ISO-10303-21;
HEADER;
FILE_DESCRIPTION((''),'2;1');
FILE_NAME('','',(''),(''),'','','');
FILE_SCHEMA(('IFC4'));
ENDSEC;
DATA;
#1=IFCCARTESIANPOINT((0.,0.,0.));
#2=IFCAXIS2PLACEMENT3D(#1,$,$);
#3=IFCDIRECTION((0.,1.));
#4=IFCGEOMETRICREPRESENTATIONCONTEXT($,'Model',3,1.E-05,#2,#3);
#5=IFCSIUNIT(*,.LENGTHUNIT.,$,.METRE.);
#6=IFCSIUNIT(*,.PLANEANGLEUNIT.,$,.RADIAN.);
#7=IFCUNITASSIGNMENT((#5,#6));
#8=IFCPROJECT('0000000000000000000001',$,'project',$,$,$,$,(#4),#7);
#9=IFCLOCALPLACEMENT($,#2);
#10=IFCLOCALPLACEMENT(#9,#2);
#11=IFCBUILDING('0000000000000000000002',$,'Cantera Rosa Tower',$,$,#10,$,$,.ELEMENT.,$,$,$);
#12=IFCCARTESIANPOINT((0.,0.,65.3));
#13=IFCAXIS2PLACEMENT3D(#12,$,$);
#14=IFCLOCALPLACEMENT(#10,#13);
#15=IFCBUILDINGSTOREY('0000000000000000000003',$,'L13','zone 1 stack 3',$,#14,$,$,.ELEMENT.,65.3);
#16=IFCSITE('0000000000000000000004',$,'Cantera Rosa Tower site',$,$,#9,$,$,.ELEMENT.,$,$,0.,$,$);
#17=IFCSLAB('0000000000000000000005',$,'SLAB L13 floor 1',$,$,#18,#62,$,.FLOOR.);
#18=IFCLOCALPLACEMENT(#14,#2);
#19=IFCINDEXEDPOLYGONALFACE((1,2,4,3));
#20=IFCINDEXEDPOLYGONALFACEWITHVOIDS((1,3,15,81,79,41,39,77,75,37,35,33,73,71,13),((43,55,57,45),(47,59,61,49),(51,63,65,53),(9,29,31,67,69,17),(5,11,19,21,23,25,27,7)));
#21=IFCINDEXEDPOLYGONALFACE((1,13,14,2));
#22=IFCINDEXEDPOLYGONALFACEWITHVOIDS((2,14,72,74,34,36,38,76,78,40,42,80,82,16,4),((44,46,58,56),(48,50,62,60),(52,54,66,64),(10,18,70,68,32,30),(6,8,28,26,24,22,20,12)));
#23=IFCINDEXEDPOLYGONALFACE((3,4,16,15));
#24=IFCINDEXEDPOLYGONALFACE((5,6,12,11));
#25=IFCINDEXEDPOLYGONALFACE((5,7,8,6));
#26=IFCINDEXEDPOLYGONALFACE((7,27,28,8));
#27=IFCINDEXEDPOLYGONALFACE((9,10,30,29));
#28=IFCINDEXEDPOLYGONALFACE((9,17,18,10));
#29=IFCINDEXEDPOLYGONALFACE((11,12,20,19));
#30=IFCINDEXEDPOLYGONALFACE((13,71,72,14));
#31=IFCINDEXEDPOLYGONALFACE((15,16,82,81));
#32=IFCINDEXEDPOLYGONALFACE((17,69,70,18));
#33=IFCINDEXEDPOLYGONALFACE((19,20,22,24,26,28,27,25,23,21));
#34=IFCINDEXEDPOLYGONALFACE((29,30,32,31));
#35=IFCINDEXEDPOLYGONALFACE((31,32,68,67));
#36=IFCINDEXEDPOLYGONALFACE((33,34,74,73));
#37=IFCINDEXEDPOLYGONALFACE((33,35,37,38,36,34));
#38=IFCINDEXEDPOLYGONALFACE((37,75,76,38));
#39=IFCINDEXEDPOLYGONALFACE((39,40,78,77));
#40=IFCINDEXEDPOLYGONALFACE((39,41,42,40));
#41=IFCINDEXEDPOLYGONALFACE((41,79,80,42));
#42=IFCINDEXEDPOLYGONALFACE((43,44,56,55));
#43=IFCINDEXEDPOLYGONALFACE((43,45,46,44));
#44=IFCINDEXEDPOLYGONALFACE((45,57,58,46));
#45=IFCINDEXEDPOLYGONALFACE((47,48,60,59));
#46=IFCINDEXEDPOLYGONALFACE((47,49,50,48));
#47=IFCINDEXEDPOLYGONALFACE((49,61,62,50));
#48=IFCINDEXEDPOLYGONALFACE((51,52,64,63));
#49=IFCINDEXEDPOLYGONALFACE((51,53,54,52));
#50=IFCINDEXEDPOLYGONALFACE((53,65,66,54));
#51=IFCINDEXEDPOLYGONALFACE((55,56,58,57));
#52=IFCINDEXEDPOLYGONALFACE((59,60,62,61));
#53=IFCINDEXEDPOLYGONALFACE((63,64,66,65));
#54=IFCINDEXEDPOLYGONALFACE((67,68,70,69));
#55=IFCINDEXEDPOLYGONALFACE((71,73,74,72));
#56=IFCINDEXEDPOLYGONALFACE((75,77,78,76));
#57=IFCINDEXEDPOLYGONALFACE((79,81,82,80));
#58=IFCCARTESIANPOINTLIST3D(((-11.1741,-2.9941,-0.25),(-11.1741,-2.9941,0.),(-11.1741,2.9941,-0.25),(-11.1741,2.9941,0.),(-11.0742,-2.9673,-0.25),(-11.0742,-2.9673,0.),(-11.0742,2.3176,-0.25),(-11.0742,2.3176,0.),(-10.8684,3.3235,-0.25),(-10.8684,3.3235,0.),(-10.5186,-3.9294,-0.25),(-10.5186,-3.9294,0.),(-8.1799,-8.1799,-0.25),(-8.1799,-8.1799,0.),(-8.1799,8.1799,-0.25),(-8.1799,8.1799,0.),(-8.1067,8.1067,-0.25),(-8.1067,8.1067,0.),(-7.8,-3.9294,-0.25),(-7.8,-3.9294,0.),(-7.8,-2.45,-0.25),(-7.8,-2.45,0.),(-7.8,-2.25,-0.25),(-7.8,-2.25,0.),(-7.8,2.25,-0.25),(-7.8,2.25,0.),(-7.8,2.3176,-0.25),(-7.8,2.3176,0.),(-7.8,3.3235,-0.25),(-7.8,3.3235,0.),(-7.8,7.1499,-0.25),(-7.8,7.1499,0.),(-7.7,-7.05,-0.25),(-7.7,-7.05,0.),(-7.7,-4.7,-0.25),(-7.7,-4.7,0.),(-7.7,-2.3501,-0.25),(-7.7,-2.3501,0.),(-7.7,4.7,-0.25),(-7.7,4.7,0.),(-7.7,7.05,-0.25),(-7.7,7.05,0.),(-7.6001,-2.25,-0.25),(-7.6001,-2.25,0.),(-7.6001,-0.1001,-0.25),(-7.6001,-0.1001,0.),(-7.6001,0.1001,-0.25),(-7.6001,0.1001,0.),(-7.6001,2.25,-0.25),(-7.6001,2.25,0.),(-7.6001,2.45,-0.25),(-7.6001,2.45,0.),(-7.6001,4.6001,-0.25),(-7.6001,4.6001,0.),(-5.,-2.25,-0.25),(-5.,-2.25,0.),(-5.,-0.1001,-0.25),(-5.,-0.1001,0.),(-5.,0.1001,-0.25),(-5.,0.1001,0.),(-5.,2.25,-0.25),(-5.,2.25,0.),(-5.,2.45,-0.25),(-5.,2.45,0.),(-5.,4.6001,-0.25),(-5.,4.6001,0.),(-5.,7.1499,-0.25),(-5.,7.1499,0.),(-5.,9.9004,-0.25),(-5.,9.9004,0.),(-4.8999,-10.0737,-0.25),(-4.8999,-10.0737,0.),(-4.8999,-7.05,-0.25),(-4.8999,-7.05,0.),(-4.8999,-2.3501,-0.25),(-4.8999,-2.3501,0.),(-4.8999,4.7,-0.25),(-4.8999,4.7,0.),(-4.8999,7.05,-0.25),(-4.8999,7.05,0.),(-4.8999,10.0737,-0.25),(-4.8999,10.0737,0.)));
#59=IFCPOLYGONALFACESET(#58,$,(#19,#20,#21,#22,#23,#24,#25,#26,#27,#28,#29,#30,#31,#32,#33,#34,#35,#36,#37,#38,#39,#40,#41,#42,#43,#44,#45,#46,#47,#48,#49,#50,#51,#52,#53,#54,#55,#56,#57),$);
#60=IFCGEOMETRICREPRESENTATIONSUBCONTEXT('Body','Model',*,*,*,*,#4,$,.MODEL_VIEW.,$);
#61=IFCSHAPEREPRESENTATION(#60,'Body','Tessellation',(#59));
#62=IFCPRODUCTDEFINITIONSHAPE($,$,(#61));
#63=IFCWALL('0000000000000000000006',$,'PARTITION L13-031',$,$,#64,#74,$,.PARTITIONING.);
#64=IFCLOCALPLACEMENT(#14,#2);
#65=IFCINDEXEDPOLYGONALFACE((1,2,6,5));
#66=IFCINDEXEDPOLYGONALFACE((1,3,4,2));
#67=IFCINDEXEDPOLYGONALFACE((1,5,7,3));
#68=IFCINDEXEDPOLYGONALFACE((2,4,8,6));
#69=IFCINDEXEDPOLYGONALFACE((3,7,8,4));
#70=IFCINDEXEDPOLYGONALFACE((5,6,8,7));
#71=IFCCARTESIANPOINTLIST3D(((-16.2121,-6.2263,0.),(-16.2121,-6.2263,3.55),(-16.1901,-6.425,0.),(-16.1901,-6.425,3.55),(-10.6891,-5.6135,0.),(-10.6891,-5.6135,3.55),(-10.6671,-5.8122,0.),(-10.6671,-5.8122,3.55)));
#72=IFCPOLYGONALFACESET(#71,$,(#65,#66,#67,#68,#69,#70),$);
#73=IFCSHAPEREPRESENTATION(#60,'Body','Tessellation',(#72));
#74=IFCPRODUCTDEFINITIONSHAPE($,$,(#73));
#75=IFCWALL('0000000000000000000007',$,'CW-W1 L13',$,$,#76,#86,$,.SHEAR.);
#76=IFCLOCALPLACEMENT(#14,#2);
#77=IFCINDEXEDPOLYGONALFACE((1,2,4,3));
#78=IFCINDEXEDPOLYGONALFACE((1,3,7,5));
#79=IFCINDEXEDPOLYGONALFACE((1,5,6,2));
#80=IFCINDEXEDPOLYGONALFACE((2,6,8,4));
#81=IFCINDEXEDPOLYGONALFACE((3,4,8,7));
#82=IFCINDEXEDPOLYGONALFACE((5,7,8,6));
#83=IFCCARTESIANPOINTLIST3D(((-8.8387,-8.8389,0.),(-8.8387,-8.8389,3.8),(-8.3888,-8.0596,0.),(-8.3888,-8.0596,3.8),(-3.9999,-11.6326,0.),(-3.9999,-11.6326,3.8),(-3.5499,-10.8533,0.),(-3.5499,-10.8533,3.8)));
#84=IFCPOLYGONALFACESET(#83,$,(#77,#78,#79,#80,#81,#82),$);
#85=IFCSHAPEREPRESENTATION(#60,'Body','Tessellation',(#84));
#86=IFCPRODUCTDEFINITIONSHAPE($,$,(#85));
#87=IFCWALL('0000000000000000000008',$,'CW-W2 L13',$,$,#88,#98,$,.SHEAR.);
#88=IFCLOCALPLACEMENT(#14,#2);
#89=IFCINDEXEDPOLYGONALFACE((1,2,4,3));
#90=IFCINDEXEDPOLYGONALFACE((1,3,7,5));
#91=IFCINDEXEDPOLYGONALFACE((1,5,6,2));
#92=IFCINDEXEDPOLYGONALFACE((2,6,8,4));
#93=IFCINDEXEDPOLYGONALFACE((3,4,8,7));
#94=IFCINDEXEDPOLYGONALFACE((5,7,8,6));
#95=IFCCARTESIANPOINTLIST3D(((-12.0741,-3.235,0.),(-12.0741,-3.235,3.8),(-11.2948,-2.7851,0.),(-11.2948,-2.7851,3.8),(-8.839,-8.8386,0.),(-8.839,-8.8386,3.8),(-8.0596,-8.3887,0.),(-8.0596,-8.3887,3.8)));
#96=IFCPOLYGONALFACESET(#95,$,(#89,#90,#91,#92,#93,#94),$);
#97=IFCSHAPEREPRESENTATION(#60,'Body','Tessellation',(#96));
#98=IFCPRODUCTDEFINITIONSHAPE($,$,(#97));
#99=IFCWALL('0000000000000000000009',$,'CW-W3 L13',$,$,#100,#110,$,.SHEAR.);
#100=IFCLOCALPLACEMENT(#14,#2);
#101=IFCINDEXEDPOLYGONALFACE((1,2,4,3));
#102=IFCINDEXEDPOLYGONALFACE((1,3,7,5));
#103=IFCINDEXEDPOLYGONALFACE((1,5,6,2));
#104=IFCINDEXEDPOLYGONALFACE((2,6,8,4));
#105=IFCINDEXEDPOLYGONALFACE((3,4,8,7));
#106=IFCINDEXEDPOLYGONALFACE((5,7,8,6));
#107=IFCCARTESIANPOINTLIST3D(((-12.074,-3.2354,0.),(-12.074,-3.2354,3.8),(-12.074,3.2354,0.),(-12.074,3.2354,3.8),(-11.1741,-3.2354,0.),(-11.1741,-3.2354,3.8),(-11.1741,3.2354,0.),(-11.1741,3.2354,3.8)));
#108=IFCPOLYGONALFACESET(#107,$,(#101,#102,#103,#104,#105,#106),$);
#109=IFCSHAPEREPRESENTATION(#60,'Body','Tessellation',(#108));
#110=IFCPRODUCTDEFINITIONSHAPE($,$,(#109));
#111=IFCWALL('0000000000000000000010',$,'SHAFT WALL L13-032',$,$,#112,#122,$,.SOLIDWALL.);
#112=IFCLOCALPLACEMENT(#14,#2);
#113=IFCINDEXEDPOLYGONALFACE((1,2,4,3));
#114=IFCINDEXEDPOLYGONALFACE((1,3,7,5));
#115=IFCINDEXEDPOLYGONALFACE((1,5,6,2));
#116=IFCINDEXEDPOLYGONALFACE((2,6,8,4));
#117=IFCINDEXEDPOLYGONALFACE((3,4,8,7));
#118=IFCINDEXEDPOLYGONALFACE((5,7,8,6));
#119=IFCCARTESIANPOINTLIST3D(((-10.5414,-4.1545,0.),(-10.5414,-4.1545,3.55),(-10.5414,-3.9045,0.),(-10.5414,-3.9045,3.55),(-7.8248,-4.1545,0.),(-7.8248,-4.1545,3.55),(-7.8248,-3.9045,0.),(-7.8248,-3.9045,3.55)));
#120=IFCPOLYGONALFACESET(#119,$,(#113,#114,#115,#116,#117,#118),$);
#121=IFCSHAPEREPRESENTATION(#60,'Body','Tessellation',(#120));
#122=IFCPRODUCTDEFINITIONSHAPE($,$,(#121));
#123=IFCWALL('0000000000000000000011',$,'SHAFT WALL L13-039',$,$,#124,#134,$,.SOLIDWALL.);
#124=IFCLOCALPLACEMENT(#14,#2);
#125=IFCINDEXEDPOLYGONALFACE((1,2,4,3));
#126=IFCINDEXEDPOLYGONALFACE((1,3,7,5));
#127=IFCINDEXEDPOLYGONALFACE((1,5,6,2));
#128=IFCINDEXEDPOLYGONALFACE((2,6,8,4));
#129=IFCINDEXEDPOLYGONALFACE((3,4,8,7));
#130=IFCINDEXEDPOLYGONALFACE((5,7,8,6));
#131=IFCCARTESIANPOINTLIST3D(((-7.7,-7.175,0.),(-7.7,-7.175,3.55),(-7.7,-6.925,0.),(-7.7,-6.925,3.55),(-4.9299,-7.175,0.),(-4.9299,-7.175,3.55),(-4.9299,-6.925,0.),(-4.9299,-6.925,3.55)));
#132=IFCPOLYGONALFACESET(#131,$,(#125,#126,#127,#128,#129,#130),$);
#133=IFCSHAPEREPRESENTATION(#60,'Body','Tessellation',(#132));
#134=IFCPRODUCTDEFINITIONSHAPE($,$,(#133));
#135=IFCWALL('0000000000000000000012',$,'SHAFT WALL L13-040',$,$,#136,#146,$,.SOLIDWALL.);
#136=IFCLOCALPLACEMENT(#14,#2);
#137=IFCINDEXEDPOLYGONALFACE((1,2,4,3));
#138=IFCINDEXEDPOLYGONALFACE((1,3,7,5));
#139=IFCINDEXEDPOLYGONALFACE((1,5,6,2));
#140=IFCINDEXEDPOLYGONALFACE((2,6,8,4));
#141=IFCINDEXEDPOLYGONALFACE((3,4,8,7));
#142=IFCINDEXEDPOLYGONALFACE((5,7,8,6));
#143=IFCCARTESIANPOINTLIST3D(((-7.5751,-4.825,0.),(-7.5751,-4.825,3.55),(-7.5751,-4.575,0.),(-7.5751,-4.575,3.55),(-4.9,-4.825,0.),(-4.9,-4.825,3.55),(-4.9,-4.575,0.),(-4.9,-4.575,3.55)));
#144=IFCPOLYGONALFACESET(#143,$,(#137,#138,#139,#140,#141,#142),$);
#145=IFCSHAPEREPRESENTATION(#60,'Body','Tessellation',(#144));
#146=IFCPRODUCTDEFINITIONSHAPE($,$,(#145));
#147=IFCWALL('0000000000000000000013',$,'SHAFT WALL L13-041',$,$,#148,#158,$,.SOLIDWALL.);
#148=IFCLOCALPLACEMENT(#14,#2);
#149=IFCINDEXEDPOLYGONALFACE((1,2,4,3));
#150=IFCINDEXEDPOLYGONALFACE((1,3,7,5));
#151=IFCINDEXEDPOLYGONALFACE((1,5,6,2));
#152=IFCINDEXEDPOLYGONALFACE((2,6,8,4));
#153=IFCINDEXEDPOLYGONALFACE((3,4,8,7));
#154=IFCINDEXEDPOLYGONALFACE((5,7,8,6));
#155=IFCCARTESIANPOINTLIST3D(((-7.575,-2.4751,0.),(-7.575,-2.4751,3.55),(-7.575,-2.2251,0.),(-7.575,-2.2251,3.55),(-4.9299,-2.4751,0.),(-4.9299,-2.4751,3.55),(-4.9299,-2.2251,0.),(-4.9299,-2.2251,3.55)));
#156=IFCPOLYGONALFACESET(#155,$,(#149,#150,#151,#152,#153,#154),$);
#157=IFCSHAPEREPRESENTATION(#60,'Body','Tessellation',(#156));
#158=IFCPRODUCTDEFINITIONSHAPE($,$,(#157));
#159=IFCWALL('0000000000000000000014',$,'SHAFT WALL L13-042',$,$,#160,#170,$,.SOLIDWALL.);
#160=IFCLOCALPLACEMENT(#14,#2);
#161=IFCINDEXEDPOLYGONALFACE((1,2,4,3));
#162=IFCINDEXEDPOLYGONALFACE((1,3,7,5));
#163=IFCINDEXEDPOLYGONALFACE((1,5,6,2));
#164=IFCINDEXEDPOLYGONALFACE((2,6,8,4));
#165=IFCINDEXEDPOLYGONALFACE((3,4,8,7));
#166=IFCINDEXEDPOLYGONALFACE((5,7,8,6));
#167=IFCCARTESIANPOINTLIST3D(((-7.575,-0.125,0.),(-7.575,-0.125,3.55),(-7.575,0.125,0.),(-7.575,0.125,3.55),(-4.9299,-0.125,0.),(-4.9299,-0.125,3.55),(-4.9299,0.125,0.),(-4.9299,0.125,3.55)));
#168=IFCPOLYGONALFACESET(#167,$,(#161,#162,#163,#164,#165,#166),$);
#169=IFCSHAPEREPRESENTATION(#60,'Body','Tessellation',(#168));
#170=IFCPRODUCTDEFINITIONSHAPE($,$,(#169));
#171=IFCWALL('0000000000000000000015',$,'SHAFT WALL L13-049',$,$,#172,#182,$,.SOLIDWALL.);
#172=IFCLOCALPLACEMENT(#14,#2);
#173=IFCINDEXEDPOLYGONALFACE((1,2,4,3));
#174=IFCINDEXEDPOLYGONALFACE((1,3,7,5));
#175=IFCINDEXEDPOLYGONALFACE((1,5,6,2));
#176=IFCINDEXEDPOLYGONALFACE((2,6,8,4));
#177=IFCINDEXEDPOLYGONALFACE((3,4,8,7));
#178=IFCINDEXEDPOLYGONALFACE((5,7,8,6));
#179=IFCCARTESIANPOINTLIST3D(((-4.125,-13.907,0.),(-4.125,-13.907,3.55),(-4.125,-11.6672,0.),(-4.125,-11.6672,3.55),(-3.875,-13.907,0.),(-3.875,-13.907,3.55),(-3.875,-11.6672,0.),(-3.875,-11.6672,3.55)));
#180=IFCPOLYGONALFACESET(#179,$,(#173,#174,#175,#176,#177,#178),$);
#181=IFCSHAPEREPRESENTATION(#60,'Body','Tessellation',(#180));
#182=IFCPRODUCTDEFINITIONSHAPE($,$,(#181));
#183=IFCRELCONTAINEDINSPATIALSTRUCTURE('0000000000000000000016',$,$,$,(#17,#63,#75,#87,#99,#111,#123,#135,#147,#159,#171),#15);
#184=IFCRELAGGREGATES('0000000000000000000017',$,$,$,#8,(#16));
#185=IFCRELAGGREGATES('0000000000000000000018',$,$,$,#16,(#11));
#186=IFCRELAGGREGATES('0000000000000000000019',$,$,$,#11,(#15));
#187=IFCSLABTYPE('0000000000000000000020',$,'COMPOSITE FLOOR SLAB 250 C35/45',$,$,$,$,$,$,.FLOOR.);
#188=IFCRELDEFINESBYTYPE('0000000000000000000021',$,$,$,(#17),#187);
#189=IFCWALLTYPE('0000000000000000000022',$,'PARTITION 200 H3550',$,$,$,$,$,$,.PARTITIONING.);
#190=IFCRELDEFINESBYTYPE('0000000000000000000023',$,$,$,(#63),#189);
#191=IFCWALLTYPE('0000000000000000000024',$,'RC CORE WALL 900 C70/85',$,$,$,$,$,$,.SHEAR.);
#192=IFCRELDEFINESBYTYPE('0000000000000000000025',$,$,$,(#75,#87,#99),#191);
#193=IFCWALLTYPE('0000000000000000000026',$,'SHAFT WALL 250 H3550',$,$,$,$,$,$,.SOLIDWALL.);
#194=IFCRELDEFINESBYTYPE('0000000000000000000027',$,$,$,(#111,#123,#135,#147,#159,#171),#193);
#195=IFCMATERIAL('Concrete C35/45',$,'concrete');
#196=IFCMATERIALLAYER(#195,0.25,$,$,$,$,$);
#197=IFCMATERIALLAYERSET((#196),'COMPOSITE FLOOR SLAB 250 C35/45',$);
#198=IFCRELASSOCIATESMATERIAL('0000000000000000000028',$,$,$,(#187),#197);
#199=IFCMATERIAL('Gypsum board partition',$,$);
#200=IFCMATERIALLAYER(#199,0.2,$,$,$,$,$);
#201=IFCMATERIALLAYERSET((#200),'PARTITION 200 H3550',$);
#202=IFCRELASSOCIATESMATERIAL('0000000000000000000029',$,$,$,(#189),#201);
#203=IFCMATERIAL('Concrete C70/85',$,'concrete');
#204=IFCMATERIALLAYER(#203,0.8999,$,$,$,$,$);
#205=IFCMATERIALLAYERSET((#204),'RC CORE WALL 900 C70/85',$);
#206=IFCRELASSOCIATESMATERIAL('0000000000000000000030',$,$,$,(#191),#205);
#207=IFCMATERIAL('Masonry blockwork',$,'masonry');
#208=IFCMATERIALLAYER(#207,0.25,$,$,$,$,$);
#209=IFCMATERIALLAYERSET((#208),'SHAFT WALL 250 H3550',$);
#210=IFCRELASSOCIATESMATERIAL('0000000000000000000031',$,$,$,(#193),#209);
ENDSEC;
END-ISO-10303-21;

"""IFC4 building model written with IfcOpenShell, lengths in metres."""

from ifc_helpers import new_model, si_unit, direction, frame, frame_2d, origin, place, context, subcontext, project, spatial, polyline, rectangle, outline, extrude, material, layer, layer_set, type_object, element, save


model = new_model("IFC4")

# Units and contexts
model_context = context("Model", 3, precision=1e-05, world=origin(), true_north=direction((0.0, 1.0)))
body_context = subcontext(model_context, "Body", "Model", "MODEL_VIEW")
ifc_project = project(units=[si_unit("LENGTHUNIT", "METRE"), si_unit("PLANEANGLEUNIT", "RADIAN")], contexts=[model_context])

# Site, building, storey
site_placement = place(None, origin())
site = spatial("IfcSite", under=ifc_project, at=site_placement, Name="Cantera Rosa Tower site", CompositionType="ELEMENT", RefElevation=0.0)
building_placement = place(site_placement, origin())
building = spatial("IfcBuilding", under=site, at=building_placement, Name="Cantera Rosa Tower", CompositionType="ELEMENT")
storey_placement = place(building_placement, frame((0.0, 0.0, 65.3)))
storey = spatial("IfcBuildingStorey", under=building, at=storey_placement, Name="L13", Description="zone 1 stack 3", CompositionType="ELEMENT", Elevation=65.3)

# Slab
ifc_material_1 = material(Name="Concrete C35/45", Category="concrete")
ifc_layer_1 = layer(ifc_material_1, 0.25)
ifc_layer_set_1 = layer_set([ifc_layer_1], Name="COMPOSITE FLOOR SLAB 250 C35/45")
slab_type = type_object("IfcSlabType", Name="COMPOSITE FLOOR SLAB 250 C35/45", PredefinedType="FLOOR", material=ifc_layer_set_1)
slab_placement = place(storey_placement, frame((0.0, 0.0, -0.25)))
element("IfcSlab", 1, at=slab_placement, inside=storey, type_object=slab_type, Name="SLAB L13 floor 1", PredefinedType="FLOOR", context=body_context, shape_type="SweptSolid", body=[
    extrude(outline(polyline([(-4.8999, -7.05), (-4.8999, -10.0737), (-8.1799, -8.1799), (-11.1741, -2.9941), (-11.1741, 2.9941), (-8.1799, 8.1799), (-4.8999, 10.0737), (-4.8999, 7.05), (-7.7, 7.05), (-7.7, 4.7), (-4.8999, 4.7), (-4.8999, -2.3501), (-7.7, -2.3501), (-7.7, -4.7), (-7.7, -7.05), (-4.8999, -7.05)]), holes=[polyline([(-5.0, -0.1001), (-7.6001, -0.1001), (-7.6001, -2.25), (-5.0, -2.25), (-5.0, -0.1001)]), polyline([(-7.8, -3.9294), (-7.8, -2.45), (-7.8, -2.25), (-7.8, 2.25), (-7.8, 2.3176), (-11.0742, 2.3176), (-11.0742, -2.9673), (-10.5186, -3.9294), (-7.8, -3.9294)]), polyline([(-5.0, 2.25), (-7.6001, 2.25), (-7.6001, 0.1001), (-5.0, 0.1001), (-5.0, 2.25)]), polyline([(-5.0, 2.45), (-5.0, 4.6001), (-7.6001, 4.6001), (-7.6001, 2.45), (-5.0, 2.45)]), polyline([(-7.8, 7.1499), (-5.0, 7.1499), (-5.0, 9.9004), (-8.1067, 8.1067), (-10.8684, 3.3235), (-7.8, 3.3235), (-7.8, 7.1499)])]), origin(), (0.0, 0.0, 1.0), 0.25),
])

# Walls
ifc_material_2 = material(Name="Gypsum board partition")
ifc_layer_2 = layer(ifc_material_2, 0.2)
ifc_layer_set_2 = layer_set([ifc_layer_2], Name="PARTITION 200 H3550")
wall_type_1 = type_object("IfcWallType", Name="PARTITION 200 H3550", PredefinedType="PARTITIONING", material=ifc_layer_set_2)
wall_1_placement = place(storey_placement, frame((-10.6782, -5.7129, 0.0), z_axis=(0.0, 0.0, 1.0), x_axis=(-0.993901, -0.110277, 0.0)))
element("IfcWall", 2, at=wall_1_placement, inside=storey, type_object=wall_type_1, Name="PARTITION L13-031", PredefinedType="PARTITIONING", context=body_context, shape_type="SweptSolid", body=[
    extrude(rectangle(XDim=5.5569, YDim=0.2, at=frame_2d((2.7783, 0.0))), origin(), (0.0, 0.0, 1.0), 3.55),
])
ifc_material_3 = material(Name="Concrete C70/85", Category="concrete")
ifc_layer_3 = layer(ifc_material_3, 0.8999)
ifc_layer_set_3 = layer_set([ifc_layer_3], Name="RC CORE WALL 900 C70/85")
wall_type_2 = type_object("IfcWallType", Name="RC CORE WALL 900 C70/85", PredefinedType="SHEAR", material=ifc_layer_set_3)
wall_2_placement = place(storey_placement, frame((-3.7749, -11.2429, 0.0), z_axis=(0.0, 0.0, 1.0), x_axis=(-0.866027, 0.499997, 0.0)))
element("IfcWall", 3, at=wall_2_placement, inside=storey, type_object=wall_type_2, Name="CW-W1 L13", PredefinedType="SHEAR", context=body_context, shape_type="SweptSolid", body=[
    extrude(rectangle(XDim=5.5874, YDim=0.8999, at=frame_2d((2.7937, 0.0))), origin(), (0.0, 0.0, 1.0), 3.8),
])
wall_3_placement = place(storey_placement, frame((-8.4492, -8.6138, 0.0), z_axis=(0.0, 0.0, 1.0), x_axis=(-0.49999, 0.866031, 0.0)))
element("IfcWall", 4, at=wall_3_placement, inside=storey, type_object=wall_type_2, Name="CW-W2 L13", PredefinedType="SHEAR", context=body_context, shape_type="SweptSolid", body=[
    extrude(rectangle(XDim=6.4705, YDim=0.8999, at=frame_2d((3.2354, 0.0))), origin(), (0.0, 0.0, 1.0), 3.8),
])
wall_4_placement = place(storey_placement, frame((-11.624, -3.2354, 0.0), z_axis=(0.0, 0.0, 1.0), x_axis=(0.0, 1.0, 0.0)))
element("IfcWall", 5, at=wall_4_placement, inside=storey, type_object=wall_type_2, Name="CW-W3 L13", PredefinedType="SHEAR", context=body_context, shape_type="SweptSolid", body=[
    extrude(rectangle(XDim=6.4707, YDim=0.8999, at=frame_2d((3.2354, 0.0))), origin(), (0.0, 0.0, 1.0), 3.8),
])
ifc_material_4 = material(Name="Masonry blockwork", Category="masonry")
ifc_layer_4 = layer(ifc_material_4, 0.25)
ifc_layer_set_4 = layer_set([ifc_layer_4], Name="SHAFT WALL 250 H3550")
wall_type_3 = type_object("IfcWallType", Name="SHAFT WALL 250 H3550", PredefinedType="SOLIDWALL", material=ifc_layer_set_4)
wall_5_placement = place(storey_placement, frame((-10.5415, -4.0295, 0.0), z_axis=(0.0, 0.0, 1.0), x_axis=(1.0, 0.0, 0.0)))
element("IfcWall", 6, at=wall_5_placement, inside=storey, type_object=wall_type_3, Name="SHAFT WALL L13-032", PredefinedType="SOLIDWALL", context=body_context, shape_type="SweptSolid", body=[
    extrude(rectangle(XDim=2.7166, YDim=0.25, at=frame_2d((1.3584, 0.0))), origin(), (0.0, 0.0, 1.0), 3.55),
])
wall_6_placement = place(storey_placement, frame((-7.7, -7.05, 0.0), z_axis=(0.0, 0.0, 1.0), x_axis=(1.0, 0.0, 0.0)))
element("IfcWall", 7, at=wall_6_placement, inside=storey, type_object=wall_type_3, Name="SHAFT WALL L13-039", PredefinedType="SOLIDWALL", context=body_context, shape_type="SweptSolid", body=[
    extrude(rectangle(XDim=2.77, YDim=0.25, at=frame_2d((1.385, 0.0))), origin(), (0.0, 0.0, 1.0), 3.55),
])
wall_7_placement = place(storey_placement, frame((-7.575, -4.7, 0.0), z_axis=(0.0, 0.0, 1.0), x_axis=(1.0, 0.0, 0.0)))
element("IfcWall", 8, at=wall_7_placement, inside=storey, type_object=wall_type_3, Name="SHAFT WALL L13-040", PredefinedType="SOLIDWALL", context=body_context, shape_type="SweptSolid", body=[
    extrude(rectangle(XDim=2.675, YDim=0.25, at=frame_2d((1.3374, 0.0))), origin(), (0.0, 0.0, 1.0), 3.55),
])
for number, where, z_axis, x_axis, name in (
    (9, (-7.575, -2.3501, 0.0), (0.0, 0.0, 1.0), (1.0, 0.0, 0.0), "SHAFT WALL L13-041"),
    (10, (-7.575, 0.0, 0.0), (0.0, 0.0, 1.0), (1.0, 0.0, 0.0), "SHAFT WALL L13-042"),
):
    element("IfcWall", number, at=place(storey_placement, frame(where, z_axis=z_axis, x_axis=x_axis)), inside=storey, type_object=wall_type_3, Name=name, PredefinedType="SOLIDWALL", context=body_context, shape_type="SweptSolid", body=[
        extrude(rectangle(XDim=2.645, YDim=0.25, at=frame_2d((1.3225, 0.0))), origin(), (0.0, 0.0, 1.0), 3.55),
    ])
wall_8_placement = place(storey_placement, frame((-4.0, -11.6672, 0.0), z_axis=(0.0, 0.0, 1.0), x_axis=(0.0, -1.0, 0.0)))
element("IfcWall", 11, at=wall_8_placement, inside=storey, type_object=wall_type_3, Name="SHAFT WALL L13-049", PredefinedType="SOLIDWALL", context=body_context, shape_type="SweptSolid", body=[
    extrude(rectangle(XDim=2.2397, YDim=0.25, at=frame_2d((1.1199, 0.0))), origin(), (0.0, 0.0, 1.0), 3.55),
])

save(model, "model.ifc")
